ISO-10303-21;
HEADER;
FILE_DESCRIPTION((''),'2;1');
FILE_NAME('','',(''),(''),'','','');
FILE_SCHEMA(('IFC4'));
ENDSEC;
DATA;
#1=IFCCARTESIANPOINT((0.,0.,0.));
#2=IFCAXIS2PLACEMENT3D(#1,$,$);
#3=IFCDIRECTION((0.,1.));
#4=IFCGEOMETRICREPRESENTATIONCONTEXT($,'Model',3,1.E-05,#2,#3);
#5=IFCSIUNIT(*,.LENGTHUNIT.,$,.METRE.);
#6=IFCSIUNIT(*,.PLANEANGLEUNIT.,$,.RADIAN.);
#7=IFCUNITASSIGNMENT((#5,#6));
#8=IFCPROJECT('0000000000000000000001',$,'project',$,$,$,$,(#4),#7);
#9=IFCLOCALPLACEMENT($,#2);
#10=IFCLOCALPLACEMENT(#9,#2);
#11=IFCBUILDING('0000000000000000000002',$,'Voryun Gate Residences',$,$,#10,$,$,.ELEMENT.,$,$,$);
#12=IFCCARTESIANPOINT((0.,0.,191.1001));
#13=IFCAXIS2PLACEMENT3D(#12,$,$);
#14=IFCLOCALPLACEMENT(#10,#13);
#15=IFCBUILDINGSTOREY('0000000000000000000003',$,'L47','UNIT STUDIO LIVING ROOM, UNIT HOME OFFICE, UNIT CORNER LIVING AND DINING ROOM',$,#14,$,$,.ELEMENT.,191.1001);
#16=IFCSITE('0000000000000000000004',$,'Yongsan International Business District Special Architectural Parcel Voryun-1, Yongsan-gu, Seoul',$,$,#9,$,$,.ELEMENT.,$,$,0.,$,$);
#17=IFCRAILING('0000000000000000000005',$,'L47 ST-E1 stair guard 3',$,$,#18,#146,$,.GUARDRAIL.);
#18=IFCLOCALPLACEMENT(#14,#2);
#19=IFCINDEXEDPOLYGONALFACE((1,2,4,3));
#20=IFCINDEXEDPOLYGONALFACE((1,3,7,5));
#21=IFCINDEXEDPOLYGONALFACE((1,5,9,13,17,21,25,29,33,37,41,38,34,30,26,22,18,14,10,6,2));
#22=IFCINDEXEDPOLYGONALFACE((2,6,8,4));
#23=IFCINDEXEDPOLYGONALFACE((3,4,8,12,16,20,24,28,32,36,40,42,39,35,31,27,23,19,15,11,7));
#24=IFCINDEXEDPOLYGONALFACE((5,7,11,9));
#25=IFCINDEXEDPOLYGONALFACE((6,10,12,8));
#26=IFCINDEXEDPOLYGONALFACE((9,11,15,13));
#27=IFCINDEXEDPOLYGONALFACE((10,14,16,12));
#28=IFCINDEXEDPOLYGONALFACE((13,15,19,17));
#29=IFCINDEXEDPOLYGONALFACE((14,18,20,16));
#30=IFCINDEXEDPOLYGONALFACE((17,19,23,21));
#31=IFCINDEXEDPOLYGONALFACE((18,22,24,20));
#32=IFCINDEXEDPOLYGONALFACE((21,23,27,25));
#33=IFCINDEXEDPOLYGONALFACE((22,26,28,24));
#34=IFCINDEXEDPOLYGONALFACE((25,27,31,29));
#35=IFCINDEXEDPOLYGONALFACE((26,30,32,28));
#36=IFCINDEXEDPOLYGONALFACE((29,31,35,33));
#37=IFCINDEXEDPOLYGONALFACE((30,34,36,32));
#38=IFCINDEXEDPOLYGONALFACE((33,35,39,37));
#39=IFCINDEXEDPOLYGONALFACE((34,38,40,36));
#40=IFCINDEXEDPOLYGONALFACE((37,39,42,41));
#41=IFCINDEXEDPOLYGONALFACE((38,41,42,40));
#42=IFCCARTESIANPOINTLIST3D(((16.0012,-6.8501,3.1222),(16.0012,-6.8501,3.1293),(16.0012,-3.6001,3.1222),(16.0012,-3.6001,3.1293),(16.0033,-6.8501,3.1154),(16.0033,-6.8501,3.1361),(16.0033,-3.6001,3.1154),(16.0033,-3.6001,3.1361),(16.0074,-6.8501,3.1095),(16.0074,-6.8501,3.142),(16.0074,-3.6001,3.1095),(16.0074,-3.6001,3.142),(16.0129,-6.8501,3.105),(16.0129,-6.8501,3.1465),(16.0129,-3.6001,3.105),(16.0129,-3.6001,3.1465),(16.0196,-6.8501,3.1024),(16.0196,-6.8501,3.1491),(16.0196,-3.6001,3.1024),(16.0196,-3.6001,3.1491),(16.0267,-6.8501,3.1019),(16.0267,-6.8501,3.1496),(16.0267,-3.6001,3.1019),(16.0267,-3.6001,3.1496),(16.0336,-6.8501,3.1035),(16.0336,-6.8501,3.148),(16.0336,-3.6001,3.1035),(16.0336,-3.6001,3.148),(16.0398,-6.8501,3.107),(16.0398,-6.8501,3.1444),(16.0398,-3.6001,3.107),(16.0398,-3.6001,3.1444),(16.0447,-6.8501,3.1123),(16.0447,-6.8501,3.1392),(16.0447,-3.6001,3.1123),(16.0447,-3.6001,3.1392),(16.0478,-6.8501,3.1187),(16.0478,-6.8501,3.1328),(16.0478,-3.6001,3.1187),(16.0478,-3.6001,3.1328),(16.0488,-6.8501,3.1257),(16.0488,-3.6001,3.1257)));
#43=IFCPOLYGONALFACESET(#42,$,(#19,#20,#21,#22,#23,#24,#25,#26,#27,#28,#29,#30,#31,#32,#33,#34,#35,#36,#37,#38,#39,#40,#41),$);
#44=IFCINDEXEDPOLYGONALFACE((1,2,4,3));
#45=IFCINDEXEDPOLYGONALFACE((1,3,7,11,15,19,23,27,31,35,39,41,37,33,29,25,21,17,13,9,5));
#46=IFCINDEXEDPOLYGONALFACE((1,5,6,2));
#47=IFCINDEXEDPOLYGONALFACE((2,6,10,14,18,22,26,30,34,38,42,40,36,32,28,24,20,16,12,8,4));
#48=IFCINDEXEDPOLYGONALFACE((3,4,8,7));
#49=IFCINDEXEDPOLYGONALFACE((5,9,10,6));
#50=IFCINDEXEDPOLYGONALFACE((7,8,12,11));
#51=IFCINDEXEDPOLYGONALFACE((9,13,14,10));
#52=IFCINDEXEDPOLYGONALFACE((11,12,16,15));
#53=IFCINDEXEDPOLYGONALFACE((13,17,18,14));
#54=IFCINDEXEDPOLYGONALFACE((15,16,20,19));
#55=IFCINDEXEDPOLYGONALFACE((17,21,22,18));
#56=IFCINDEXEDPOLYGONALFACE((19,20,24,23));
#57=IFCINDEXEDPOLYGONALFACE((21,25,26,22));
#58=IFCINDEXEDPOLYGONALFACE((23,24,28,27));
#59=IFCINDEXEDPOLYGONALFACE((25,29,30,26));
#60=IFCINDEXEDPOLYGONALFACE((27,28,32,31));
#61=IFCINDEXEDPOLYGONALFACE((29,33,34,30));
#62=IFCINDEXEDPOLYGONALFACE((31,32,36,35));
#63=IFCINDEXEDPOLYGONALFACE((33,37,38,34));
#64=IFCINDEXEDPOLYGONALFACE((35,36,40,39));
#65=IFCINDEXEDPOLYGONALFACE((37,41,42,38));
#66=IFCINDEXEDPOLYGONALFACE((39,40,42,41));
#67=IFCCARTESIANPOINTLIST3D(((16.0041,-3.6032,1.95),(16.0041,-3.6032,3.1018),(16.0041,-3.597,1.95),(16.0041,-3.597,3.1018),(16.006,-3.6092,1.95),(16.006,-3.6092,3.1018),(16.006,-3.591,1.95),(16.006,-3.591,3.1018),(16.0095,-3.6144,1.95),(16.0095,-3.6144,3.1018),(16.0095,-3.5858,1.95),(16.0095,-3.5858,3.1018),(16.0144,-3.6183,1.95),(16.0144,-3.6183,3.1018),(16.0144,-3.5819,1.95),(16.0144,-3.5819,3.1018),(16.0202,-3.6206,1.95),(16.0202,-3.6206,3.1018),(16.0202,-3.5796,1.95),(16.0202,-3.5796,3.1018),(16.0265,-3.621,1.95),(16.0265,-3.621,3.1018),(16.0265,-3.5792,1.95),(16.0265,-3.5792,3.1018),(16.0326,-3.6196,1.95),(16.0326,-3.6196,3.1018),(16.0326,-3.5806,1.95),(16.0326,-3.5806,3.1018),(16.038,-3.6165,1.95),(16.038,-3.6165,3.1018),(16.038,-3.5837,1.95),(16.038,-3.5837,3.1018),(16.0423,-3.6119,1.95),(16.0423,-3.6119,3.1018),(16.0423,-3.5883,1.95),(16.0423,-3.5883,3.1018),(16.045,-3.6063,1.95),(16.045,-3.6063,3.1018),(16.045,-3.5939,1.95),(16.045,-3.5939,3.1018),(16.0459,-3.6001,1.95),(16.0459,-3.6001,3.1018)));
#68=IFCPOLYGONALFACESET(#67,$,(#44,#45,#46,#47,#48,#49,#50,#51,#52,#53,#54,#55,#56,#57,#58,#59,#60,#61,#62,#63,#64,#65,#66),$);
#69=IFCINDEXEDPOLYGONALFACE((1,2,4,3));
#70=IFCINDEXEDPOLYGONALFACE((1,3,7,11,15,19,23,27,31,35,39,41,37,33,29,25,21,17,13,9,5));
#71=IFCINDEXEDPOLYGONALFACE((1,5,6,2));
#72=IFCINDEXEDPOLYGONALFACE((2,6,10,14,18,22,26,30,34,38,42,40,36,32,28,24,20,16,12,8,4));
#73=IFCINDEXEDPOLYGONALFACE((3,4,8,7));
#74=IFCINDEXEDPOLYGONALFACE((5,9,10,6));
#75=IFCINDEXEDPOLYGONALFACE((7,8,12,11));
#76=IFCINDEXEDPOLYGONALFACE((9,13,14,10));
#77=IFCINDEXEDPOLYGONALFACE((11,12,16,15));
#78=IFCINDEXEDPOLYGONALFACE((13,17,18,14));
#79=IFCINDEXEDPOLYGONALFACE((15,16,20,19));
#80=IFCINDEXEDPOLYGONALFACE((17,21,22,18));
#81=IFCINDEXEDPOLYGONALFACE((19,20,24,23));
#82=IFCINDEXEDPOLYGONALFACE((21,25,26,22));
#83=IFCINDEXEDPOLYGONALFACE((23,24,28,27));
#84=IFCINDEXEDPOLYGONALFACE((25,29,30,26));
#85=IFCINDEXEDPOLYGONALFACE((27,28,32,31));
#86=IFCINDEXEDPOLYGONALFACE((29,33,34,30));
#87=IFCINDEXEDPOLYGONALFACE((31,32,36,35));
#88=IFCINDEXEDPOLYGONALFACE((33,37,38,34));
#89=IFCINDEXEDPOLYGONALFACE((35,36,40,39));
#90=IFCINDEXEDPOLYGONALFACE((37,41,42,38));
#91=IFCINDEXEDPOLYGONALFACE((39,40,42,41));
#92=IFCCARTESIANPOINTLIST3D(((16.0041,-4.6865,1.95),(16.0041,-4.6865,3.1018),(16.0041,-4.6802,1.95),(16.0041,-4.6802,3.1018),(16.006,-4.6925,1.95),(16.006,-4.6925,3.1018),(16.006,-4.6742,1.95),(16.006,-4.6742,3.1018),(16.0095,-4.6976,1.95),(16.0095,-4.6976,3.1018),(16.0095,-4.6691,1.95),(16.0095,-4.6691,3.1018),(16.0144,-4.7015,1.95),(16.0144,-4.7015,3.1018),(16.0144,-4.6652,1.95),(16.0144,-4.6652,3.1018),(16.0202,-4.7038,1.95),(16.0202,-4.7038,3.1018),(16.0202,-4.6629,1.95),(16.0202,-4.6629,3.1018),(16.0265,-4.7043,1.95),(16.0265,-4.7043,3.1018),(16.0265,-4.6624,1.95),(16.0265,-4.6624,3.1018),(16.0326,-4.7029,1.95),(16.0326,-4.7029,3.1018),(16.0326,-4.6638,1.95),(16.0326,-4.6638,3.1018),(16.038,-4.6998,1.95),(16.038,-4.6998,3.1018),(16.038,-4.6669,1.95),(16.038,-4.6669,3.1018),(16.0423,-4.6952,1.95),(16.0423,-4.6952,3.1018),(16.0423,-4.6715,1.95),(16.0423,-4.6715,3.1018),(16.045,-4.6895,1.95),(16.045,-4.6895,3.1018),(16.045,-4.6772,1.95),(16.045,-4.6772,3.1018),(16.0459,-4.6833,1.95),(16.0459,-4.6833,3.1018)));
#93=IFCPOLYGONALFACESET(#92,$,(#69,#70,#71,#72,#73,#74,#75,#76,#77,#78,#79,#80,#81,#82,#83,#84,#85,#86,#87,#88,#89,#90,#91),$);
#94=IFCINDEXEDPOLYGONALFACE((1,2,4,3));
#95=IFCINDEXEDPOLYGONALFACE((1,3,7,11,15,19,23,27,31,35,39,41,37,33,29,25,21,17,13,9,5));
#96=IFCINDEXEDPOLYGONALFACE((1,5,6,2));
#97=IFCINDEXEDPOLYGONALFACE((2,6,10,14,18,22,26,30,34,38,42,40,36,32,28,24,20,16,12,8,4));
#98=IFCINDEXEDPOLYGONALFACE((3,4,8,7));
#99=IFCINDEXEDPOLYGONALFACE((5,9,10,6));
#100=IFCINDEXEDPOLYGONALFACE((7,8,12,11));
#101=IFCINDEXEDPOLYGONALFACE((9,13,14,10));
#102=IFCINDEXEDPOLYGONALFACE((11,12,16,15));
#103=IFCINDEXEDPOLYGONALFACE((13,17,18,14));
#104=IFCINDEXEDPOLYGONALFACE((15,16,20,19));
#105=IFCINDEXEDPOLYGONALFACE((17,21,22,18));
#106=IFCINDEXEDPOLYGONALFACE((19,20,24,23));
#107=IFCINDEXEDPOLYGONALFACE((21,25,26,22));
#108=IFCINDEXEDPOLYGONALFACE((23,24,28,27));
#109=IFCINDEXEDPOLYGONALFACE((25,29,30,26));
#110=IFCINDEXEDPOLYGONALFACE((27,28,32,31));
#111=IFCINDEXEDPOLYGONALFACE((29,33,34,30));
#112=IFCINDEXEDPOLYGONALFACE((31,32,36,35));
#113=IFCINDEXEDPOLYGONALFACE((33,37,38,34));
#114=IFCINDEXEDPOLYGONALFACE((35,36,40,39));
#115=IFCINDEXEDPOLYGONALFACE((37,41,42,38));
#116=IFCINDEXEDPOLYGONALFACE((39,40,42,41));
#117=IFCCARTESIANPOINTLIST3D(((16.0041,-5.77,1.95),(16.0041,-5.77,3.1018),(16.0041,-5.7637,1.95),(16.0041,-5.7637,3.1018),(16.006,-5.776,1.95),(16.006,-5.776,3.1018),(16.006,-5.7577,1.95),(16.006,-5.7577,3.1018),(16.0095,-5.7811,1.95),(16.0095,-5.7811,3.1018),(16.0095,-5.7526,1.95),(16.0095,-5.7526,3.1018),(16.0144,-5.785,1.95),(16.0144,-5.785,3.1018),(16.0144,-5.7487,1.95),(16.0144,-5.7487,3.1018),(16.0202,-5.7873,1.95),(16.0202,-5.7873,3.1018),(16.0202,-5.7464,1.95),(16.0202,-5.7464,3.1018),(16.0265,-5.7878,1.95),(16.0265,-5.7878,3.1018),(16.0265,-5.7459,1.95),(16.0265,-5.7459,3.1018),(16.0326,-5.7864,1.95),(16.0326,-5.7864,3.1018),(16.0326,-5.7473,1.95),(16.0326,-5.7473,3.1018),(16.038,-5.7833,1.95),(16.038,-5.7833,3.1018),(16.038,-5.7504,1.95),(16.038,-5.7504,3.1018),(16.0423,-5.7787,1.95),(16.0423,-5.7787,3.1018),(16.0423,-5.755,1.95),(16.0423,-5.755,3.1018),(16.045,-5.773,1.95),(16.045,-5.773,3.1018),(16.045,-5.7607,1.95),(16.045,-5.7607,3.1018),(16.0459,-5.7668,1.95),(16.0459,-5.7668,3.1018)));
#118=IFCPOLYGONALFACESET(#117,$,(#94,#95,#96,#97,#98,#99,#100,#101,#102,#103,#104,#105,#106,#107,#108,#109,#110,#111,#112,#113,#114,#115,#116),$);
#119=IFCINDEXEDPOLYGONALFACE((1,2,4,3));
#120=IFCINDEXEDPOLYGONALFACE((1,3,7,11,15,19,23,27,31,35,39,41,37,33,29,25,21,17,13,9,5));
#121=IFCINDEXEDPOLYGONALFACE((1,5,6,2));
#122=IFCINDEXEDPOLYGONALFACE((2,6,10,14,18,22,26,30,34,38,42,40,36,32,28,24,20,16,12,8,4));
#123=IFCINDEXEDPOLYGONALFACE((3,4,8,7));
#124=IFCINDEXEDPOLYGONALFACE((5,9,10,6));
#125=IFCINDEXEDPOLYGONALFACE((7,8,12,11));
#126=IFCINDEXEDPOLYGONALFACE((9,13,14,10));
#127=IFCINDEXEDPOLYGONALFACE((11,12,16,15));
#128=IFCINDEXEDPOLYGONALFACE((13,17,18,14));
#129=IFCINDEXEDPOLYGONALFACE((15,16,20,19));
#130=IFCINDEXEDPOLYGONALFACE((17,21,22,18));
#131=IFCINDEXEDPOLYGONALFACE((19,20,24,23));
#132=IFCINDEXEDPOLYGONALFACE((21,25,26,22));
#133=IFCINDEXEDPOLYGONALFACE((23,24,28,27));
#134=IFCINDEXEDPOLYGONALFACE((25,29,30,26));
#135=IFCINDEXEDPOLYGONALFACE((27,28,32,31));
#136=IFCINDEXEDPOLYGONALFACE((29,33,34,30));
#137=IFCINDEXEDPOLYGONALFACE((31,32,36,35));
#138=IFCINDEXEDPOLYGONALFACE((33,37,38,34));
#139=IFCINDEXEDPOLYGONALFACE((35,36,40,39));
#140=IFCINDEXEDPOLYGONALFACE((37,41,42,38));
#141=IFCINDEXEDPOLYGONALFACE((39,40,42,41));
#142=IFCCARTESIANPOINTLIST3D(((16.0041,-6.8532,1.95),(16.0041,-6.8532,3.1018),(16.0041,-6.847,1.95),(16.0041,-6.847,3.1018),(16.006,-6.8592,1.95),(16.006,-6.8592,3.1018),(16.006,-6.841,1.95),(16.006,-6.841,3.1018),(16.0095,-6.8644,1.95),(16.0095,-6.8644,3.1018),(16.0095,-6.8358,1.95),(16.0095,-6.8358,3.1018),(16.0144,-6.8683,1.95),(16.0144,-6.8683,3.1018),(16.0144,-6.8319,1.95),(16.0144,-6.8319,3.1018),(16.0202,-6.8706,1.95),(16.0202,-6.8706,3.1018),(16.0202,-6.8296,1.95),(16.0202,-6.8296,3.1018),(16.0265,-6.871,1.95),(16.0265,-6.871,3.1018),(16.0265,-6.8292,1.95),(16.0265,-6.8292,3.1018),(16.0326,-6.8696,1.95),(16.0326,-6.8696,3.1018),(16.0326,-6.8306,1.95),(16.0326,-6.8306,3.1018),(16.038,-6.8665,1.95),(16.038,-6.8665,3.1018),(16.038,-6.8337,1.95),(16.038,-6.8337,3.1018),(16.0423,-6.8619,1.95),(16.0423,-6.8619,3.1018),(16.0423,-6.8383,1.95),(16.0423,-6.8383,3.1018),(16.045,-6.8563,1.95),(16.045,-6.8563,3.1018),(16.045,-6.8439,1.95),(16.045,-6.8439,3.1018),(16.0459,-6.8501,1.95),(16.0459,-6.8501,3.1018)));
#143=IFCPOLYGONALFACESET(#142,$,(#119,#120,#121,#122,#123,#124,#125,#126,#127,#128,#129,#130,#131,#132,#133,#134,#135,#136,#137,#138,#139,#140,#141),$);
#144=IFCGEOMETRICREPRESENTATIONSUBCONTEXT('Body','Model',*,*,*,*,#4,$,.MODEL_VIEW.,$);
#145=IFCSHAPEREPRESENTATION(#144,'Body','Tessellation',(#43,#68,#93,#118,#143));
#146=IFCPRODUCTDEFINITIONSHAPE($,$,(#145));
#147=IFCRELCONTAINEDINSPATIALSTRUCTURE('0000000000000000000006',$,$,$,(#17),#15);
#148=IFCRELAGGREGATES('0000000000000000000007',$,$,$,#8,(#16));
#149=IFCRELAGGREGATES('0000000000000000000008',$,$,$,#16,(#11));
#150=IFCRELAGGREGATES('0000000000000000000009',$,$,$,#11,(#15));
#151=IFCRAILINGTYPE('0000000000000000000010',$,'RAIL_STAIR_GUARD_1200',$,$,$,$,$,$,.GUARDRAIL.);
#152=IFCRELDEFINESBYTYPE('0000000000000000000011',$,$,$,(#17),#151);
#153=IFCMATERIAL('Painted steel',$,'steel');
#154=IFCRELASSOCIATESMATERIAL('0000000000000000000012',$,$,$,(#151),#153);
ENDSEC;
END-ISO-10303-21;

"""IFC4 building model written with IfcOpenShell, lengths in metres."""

from ifc_helpers import new_model, si_unit, direction, frame, origin, origin_2d, place, context, subcontext, project, spatial, circle, extrude, material, type_object, element, save


model = new_model("IFC4")

# Units and contexts
model_context = context("Model", 3, precision=1e-05, world=origin(), true_north=direction((0.0, 1.0)))
body_context = subcontext(model_context, "Body", "Model", "MODEL_VIEW")
ifc_project = project(units=[si_unit("LENGTHUNIT", "METRE"), si_unit("PLANEANGLEUNIT", "RADIAN")], contexts=[model_context])

# Site, building, storey
site_placement = place(None, origin())
site = spatial("IfcSite", under=ifc_project, at=site_placement, Name="Yongsan International Business District Special Architectural Parcel Voryun-1, Yongsan-gu, Seoul", CompositionType="ELEMENT", RefElevation=0.0)
building_placement = place(site_placement, origin())
building = spatial("IfcBuilding", under=site, at=building_placement, Name="Voryun Gate Residences", CompositionType="ELEMENT")
storey_placement = place(building_placement, frame((0.0, 0.0, 191.1001)))
storey = spatial("IfcBuildingStorey", under=building, at=storey_placement, Name="L47", Description="UNIT STUDIO LIVING ROOM, UNIT HOME OFFICE, UNIT CORNER LIVING AND DINING ROOM", CompositionType="ELEMENT", Elevation=191.1001)

# Railing
ifc_material_1 = material(Name="Painted steel", Category="steel")
railing_type = type_object("IfcRailingType", Name="RAIL_STAIR_GUARD_1200", PredefinedType="GUARDRAIL", material=ifc_material_1)
railing_1_placement = place(storey_placement, frame((16.0249, -3.6001, 1.95)))
element("IfcRailing", 1, at=railing_1_placement, inside=storey, type_object=railing_type, Name="L47 ST-E1 stair guard 3", PredefinedType="GUARDRAIL", context=body_context, shape_type="SweptSolid", body=[
    extrude(circle(Radius=0.0239, at=origin_2d()), frame((0.0, 0.0, 1.1758), z_axis=(0.0, -1.0, 0.0), x_axis=(1.0, 0.0, 0.0)), (0.0, 0.0, 1.0), 3.25),
    extrude(circle(Radius=0.021, at=origin_2d()), origin(), (0.0, 0.0, 1.0), 1.1519),
    extrude(circle(Radius=0.021, at=origin_2d()), frame((0.0, -1.0833, 0.0)), (0.0, 0.0, 1.0), 1.1519),
    extrude(circle(Radius=0.021, at=origin_2d()), frame((0.0, -2.1667, 0.0)), (0.0, 0.0, 1.0), 1.1519),
    extrude(circle(Radius=0.021, at=origin_2d()), frame((0.0, -3.25, 0.0)), (0.0, 0.0, 1.0), 1.1519),
])

save(model, "model.ifc")
